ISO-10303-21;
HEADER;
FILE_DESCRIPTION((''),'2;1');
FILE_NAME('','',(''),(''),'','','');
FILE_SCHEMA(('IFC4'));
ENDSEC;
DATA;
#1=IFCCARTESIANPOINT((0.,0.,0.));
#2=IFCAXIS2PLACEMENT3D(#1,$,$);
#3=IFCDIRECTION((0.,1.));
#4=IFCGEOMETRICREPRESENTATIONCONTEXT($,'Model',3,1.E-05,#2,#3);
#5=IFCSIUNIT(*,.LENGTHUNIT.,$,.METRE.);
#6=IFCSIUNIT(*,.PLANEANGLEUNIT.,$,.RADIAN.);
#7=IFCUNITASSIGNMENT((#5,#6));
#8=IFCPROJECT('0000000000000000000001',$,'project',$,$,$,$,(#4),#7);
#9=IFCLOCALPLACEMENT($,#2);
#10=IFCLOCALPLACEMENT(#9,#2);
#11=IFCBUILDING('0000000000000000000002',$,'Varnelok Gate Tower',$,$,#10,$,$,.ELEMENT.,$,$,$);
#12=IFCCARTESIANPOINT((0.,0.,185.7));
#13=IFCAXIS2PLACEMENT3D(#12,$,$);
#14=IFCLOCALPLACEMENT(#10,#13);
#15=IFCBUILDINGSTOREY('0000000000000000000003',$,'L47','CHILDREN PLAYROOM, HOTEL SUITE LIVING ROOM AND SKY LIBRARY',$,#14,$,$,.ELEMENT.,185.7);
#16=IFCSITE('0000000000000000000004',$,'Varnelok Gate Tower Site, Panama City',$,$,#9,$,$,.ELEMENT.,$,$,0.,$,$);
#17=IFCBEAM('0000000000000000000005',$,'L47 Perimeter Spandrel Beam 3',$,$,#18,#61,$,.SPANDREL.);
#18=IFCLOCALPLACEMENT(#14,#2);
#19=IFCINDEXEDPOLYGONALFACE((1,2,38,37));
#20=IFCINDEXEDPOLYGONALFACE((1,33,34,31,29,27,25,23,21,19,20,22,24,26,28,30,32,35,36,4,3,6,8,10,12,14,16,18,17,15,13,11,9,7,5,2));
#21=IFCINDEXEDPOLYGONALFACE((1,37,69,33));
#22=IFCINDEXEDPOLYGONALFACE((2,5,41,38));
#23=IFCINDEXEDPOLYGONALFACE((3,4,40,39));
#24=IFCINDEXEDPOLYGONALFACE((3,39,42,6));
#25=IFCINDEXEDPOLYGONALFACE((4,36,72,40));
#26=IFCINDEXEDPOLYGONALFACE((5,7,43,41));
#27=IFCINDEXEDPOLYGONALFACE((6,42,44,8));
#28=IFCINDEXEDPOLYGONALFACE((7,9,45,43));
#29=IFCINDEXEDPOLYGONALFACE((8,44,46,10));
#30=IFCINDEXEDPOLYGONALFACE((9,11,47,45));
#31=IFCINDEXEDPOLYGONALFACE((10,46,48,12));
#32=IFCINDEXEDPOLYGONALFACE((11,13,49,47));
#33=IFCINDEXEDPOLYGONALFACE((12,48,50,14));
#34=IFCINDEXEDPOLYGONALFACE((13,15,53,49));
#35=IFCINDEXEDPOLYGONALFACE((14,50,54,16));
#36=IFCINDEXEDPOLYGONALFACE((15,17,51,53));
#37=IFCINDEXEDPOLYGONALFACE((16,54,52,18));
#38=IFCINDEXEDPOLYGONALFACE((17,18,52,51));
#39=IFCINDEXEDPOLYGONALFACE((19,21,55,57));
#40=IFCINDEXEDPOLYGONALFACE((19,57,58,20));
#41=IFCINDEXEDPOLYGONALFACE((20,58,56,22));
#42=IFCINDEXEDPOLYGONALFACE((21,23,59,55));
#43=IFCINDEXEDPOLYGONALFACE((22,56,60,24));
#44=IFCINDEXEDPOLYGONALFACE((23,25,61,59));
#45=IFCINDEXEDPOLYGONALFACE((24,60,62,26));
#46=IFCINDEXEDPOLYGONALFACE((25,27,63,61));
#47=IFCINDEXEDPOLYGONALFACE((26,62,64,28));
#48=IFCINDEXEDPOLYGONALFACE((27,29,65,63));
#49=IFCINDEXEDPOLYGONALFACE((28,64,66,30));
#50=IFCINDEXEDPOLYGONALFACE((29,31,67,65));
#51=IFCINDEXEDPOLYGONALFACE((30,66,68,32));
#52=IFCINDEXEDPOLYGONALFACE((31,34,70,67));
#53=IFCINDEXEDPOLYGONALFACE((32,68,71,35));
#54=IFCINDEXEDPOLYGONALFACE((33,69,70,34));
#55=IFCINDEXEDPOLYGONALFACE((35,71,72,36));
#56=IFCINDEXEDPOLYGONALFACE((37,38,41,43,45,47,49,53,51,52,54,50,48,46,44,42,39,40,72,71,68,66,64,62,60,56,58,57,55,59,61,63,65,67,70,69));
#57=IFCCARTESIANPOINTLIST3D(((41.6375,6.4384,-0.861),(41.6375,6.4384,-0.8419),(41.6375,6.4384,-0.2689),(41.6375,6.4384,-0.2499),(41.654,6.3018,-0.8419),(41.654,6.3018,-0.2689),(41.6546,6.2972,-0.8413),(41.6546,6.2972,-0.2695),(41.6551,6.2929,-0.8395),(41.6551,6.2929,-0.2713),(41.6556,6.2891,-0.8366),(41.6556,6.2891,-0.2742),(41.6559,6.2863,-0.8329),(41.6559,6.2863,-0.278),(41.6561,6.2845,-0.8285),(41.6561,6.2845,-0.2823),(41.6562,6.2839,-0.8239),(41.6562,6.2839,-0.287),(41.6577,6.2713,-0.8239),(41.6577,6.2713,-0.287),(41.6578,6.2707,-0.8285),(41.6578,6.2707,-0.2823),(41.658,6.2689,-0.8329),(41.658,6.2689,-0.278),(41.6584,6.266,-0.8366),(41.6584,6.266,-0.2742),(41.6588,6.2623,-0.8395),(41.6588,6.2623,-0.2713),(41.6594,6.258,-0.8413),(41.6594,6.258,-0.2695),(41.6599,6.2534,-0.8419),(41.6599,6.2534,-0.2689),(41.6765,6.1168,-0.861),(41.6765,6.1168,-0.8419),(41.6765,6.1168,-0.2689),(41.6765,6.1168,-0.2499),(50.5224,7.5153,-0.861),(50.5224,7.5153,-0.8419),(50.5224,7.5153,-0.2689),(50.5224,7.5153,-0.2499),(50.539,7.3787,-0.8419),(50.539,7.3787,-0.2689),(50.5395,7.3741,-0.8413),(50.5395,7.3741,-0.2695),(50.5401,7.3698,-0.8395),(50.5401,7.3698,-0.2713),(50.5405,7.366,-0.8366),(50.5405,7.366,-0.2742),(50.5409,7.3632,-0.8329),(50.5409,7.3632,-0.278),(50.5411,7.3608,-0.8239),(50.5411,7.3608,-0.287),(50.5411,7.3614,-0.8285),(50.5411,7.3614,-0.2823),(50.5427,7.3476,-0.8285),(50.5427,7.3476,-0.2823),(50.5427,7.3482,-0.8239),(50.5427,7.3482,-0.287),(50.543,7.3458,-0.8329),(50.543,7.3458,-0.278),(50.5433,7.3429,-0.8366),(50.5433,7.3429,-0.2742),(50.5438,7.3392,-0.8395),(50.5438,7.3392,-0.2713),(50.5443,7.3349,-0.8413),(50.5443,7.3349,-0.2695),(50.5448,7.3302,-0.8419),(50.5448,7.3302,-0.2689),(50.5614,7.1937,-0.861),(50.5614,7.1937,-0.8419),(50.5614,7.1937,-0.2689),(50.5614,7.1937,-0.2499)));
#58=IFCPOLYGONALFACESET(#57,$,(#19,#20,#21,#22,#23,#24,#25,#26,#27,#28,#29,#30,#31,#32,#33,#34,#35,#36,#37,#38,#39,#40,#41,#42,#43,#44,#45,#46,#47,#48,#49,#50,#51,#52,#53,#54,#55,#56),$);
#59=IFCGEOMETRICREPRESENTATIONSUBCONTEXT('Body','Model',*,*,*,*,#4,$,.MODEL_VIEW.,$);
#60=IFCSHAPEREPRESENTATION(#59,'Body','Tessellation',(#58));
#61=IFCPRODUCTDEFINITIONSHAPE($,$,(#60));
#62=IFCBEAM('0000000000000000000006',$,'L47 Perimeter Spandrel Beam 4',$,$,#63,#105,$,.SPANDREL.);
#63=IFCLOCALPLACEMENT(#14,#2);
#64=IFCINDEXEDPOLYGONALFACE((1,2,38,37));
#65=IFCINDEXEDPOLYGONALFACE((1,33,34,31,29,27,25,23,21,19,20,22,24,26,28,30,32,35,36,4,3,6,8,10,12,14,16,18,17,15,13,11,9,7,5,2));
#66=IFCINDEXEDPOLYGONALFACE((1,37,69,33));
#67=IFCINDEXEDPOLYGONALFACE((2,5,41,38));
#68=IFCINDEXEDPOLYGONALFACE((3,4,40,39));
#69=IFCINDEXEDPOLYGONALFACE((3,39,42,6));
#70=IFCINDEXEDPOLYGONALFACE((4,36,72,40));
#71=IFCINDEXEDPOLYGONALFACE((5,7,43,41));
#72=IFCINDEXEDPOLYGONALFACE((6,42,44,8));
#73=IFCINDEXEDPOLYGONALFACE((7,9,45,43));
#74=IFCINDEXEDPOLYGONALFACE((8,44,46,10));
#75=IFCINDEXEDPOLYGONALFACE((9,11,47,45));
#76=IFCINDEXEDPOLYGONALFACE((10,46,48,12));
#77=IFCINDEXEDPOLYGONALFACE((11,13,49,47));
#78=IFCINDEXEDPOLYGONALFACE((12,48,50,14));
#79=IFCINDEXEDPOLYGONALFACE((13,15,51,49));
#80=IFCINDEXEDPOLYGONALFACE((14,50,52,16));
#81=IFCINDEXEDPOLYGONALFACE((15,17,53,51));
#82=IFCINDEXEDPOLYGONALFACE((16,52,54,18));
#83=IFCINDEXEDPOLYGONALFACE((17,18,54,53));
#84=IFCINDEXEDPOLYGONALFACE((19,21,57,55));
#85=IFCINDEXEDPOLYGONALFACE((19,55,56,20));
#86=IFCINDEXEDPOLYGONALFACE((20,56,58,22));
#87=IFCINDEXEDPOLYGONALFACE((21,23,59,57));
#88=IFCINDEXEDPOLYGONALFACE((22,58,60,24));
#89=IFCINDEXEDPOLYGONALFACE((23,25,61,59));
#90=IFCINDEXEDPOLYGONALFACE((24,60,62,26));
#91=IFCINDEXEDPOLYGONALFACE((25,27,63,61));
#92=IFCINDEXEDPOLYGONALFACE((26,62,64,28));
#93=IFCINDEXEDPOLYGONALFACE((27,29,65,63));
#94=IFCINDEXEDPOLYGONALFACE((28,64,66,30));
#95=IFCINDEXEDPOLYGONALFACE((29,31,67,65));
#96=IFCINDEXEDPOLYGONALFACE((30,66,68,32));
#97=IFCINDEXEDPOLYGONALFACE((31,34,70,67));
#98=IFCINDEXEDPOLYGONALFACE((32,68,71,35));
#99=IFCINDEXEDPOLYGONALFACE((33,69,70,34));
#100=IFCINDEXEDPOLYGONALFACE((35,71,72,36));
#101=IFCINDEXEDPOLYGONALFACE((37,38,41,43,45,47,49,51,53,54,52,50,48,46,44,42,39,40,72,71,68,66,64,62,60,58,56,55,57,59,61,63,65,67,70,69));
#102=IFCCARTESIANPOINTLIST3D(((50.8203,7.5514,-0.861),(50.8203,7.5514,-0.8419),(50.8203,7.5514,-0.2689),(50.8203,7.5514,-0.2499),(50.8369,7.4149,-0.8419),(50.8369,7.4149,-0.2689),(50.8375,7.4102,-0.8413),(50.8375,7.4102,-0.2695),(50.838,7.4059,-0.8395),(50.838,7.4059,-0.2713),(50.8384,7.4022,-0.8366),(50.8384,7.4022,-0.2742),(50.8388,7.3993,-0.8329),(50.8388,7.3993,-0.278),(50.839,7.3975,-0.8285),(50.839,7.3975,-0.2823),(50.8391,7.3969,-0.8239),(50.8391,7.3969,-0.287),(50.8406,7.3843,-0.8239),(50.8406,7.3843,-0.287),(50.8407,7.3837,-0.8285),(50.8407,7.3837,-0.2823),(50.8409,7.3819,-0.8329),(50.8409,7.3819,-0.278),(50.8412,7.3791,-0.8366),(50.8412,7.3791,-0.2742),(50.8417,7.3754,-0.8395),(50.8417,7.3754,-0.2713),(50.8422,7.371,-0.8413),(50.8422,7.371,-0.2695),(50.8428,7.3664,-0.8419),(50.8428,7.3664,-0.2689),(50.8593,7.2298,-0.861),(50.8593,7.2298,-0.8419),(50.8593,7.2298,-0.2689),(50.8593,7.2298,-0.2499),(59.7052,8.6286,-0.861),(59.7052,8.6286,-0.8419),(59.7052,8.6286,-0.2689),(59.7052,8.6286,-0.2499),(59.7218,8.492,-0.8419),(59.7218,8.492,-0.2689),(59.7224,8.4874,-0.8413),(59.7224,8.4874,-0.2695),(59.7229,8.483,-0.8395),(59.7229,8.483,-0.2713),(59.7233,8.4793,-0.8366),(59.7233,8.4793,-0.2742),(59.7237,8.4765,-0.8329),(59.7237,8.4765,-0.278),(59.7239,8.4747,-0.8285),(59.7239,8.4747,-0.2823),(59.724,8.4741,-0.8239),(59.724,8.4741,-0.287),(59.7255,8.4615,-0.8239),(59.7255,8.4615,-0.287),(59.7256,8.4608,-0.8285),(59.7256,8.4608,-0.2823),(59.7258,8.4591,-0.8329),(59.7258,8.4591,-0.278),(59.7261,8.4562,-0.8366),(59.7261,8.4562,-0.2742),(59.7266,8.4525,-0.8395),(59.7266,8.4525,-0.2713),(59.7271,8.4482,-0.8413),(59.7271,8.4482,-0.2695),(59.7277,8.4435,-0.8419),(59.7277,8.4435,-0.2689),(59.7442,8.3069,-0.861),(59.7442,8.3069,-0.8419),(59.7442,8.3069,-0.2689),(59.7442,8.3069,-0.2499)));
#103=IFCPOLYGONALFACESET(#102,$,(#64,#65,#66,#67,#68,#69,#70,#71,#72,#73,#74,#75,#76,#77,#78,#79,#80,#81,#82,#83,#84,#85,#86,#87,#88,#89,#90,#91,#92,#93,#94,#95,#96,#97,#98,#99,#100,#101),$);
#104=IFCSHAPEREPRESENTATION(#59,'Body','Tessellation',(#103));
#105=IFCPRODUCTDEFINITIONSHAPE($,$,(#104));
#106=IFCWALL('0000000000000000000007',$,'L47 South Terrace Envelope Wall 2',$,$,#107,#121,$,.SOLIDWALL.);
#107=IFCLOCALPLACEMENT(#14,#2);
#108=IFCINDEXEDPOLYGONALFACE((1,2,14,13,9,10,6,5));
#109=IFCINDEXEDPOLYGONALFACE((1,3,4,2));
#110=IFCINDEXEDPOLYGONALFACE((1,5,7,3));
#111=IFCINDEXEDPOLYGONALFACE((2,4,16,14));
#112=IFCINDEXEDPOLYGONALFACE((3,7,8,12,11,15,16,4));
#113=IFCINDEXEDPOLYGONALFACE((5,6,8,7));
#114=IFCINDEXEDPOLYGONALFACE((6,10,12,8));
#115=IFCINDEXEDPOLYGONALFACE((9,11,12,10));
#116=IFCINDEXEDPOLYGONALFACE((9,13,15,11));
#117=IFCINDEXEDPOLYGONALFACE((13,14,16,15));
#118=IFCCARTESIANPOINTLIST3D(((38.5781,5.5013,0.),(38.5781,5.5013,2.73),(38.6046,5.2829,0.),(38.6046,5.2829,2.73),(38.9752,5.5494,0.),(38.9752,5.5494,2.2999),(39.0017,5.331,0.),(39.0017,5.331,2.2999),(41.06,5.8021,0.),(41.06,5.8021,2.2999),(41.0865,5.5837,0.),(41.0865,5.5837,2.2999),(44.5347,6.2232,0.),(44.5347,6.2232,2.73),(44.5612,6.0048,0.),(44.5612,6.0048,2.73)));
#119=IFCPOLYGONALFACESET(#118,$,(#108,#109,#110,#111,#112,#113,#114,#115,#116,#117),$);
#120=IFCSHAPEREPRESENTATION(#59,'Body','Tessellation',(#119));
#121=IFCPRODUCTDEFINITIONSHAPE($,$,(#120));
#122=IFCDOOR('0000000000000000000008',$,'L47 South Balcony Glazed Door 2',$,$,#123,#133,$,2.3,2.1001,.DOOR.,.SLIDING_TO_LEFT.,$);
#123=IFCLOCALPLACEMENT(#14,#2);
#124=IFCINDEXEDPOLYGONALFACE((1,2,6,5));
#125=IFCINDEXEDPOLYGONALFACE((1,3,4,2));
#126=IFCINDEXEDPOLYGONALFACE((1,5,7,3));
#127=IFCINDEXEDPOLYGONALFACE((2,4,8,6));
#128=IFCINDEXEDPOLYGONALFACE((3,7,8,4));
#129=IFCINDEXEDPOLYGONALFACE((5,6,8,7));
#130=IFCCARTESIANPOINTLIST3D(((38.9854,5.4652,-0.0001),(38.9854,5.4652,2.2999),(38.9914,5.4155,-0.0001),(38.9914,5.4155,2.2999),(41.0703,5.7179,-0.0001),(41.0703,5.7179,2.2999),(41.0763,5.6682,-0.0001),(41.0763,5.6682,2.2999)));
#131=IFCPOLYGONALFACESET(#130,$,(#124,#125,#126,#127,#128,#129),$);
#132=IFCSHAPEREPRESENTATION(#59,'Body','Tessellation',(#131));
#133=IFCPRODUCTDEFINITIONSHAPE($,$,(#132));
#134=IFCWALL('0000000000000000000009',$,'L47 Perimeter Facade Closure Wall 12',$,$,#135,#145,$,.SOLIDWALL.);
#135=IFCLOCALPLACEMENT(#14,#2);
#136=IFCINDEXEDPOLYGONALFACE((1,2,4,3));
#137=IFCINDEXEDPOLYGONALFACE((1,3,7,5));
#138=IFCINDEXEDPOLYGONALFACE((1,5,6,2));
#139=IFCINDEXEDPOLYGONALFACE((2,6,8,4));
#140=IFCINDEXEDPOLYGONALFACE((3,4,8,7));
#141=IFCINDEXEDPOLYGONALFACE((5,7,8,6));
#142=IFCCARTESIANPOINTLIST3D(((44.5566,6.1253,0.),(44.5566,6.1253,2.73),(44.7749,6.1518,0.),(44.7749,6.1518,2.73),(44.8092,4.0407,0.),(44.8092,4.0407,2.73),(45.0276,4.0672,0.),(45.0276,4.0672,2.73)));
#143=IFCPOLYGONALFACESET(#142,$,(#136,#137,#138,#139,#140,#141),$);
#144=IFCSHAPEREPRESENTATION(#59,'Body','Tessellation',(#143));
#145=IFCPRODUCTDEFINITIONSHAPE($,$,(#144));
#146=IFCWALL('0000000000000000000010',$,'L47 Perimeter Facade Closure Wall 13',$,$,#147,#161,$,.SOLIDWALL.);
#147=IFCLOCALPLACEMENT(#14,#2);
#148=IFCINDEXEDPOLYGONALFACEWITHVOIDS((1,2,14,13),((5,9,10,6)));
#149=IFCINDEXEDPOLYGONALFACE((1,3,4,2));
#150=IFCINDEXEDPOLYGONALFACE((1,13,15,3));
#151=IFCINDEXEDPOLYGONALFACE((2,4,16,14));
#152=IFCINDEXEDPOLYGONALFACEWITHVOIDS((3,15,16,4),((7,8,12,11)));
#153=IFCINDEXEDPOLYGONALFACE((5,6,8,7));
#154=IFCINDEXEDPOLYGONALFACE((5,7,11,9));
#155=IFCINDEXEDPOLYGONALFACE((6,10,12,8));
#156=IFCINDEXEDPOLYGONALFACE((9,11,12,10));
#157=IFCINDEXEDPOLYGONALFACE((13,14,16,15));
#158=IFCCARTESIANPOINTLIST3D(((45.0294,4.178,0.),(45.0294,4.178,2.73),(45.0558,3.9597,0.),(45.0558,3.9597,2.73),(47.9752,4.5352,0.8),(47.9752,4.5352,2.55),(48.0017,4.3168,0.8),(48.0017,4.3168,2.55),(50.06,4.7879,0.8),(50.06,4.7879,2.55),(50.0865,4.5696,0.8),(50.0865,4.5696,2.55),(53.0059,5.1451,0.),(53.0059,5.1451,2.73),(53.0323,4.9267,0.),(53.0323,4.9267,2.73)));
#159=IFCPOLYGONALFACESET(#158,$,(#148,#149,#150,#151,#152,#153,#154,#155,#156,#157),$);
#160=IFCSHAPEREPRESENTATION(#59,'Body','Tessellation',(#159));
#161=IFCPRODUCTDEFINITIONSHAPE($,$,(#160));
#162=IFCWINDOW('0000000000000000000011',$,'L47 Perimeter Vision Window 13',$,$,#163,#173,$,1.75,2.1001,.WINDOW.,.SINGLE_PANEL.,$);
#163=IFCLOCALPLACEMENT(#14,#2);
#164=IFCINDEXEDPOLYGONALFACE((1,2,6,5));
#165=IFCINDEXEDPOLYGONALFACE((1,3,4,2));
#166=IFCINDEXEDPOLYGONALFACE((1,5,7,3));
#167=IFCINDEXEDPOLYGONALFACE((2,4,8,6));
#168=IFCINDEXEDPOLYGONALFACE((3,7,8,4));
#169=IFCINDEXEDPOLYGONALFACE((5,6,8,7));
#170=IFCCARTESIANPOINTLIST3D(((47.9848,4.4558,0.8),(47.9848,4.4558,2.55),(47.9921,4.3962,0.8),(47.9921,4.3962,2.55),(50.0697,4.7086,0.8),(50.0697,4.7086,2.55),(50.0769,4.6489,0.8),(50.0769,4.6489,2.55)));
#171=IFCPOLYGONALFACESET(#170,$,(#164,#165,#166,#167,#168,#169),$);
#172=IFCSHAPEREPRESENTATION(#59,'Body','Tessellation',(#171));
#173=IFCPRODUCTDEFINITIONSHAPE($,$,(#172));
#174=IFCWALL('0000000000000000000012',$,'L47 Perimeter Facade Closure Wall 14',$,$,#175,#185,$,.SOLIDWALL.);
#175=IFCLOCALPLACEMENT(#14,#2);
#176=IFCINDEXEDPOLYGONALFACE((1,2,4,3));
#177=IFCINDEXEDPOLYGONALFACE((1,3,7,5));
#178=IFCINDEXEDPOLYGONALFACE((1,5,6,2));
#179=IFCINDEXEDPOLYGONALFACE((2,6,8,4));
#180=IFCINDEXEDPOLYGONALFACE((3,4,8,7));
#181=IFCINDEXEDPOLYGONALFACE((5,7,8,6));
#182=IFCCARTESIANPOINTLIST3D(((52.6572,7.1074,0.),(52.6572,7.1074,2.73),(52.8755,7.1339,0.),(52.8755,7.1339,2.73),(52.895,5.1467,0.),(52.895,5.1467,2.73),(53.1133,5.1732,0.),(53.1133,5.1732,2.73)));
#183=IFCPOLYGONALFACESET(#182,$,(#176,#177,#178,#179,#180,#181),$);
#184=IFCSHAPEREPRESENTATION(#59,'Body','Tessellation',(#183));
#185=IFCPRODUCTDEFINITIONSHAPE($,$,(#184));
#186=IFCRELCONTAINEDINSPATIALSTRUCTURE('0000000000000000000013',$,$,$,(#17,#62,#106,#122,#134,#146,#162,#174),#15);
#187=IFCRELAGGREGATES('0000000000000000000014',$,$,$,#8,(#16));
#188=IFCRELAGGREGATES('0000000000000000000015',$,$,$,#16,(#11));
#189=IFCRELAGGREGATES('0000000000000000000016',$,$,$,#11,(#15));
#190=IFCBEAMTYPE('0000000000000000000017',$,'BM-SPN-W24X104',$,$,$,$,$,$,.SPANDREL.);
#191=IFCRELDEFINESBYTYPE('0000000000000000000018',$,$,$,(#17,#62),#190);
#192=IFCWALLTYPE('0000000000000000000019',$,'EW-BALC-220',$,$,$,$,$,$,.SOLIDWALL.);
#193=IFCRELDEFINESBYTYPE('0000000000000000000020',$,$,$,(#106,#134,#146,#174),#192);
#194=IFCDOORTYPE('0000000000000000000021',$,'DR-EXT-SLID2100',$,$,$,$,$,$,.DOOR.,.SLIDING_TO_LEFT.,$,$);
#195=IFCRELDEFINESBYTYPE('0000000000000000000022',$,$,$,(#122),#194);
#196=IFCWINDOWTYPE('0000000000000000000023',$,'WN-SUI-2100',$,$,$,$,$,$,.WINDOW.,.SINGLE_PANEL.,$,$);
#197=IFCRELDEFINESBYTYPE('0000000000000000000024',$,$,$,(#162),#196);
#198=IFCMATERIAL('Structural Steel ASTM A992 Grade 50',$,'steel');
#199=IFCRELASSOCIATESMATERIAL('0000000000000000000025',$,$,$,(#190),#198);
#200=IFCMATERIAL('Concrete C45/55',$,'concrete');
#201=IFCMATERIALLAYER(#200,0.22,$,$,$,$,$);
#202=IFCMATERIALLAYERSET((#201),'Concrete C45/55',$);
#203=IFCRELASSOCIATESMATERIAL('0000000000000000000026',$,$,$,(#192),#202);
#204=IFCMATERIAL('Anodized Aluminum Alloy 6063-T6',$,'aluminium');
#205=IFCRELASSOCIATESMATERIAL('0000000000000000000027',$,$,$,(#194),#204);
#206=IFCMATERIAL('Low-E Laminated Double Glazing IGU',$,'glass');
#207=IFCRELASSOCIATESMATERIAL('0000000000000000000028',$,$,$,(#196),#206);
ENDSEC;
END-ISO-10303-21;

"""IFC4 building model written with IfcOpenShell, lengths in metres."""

from ifc_helpers import new_model, si_unit, direction, frame, frame_2d, origin, origin_2d, place, context, subcontext, project, spatial, rectangle, i_section, extrude, material, layer, layer_set, material_profile, profile_set, type_object, element, fill, save


model = new_model("IFC4")

# Units and contexts
model_context = context("Model", 3, precision=1e-05, world=origin(), true_north=direction((0.0, 1.0)))
body_context = subcontext(model_context, "Body", "Model", "MODEL_VIEW")
ifc_project = project(units=[si_unit("LENGTHUNIT", "METRE"), si_unit("PLANEANGLEUNIT", "RADIAN")], contexts=[model_context])

# Site, building, storey
site_placement = place(None, origin())
site = spatial("IfcSite", under=ifc_project, at=site_placement, Name="Varnelok Gate Tower Site, Panama City", CompositionType="ELEMENT", RefElevation=0.0)
building_placement = place(site_placement, origin())
building = spatial("IfcBuilding", under=site, at=building_placement, Name="Varnelok Gate Tower", CompositionType="ELEMENT")
storey_placement = place(building_placement, frame((0.0, 0.0, 185.7)))
storey = spatial("IfcBuildingStorey", under=building, at=storey_placement, Name="L47", Description="CHILDREN PLAYROOM, HOTEL SUITE LIVING ROOM AND SKY LIBRARY", CompositionType="ELEMENT", Elevation=185.7)

# Shared definitions
ifc_material_1 = material(Name="Structural Steel ASTM A992 Grade 50", Category="steel")

# Beams
ifc_material_profile_1 = material_profile(ifc_material_1, i_section(OverallWidth=0.324, OverallDepth=0.6111, WebThickness=0.0127, FlangeThickness=0.019, FilletRadius=0.0181, at=origin_2d()), Name="W24X104")
ifc_profile_set_1 = profile_set([ifc_material_profile_1], Name="Structural Steel ASTM A992 Grade 50")
beam_type_1 = type_object("IfcBeamType", Name="BM-SPN-W24X104", PredefinedType="SPANDREL", material=ifc_profile_set_1)
for number, where, z_axis, x_axis, name in (
    (1, (41.657, 6.2776, -0.5554), (0.992735, 0.120324, 0.0), (-0.120324, 0.992735, 0.0), "L47 Perimeter Spandrel Beam 3"),
    (2, (50.8398, 7.3906, -0.5554), (0.992731, 0.120351, 0.0), (-0.120351, 0.992731, 0.0), "L47 Perimeter Spandrel Beam 4"),
):
    element("IfcBeam", number, at=place(storey_placement, frame(where, z_axis=z_axis, x_axis=x_axis)), inside=storey, type_object=beam_type_1, Name=name, PredefinedType="SPANDREL", context=body_context, shape_type="SweptSolid", body=[
        extrude(i_section(OverallWidth=0.324, OverallDepth=0.6111, WebThickness=0.0127, FlangeThickness=0.019, FilletRadius=0.0181, at=origin_2d()), origin(), (0.0, 0.0, 1.0), 8.95),
    ])

# Wall, opening, door
ifc_material_2 = material(Name="Concrete C45/55", Category="concrete")
ifc_layer_1 = layer(ifc_material_2, 0.22)
ifc_layer_set_1 = layer_set([ifc_layer_1], Name="Concrete C45/55")
wall_type_1 = type_object("IfcWallType", Name="EW-BALC-220", PredefinedType="SOLIDWALL", material=ifc_layer_set_1)
wall_1_placement = place(storey_placement, frame((44.5479, 6.114, 0.0), z_axis=(0.0, 0.0, 1.0), x_axis=(-0.992735, -0.120318, 0.0)))
wall_1 = element("IfcWall", 3, at=wall_1_placement, inside=storey, type_object=wall_type_1, Name="L47 South Terrace Envelope Wall 2", PredefinedType="SOLIDWALL", context=body_context, shape_type="SweptSolid", body=[
    extrude(rectangle(XDim=6.0002, YDim=0.22, at=frame_2d((3.0, 0.0))), origin(), (0.0, 0.0, 1.0), 2.73),
])
opening_1_placement = place(wall_1_placement, frame((3.5, 0.0, 0.0)))
opening_1 = element("IfcOpeningElement", 4, at=opening_1_placement, cuts=wall_1, PredefinedType="OPENING", context=body_context, shape_type="SweptSolid", body=[
    extrude(rectangle(XDim=2.1001, YDim=2.3, at=frame_2d((1.05, 1.1499))), frame((0.0, 0.1199, 0.0), z_axis=(0.0, -1.0, 0.0), x_axis=(1.0, 0.0, 0.0)), (0.0, 0.0, 1.0), 0.24),
])
ifc_material_3 = material(Name="Anodized Aluminum Alloy 6063-T6", Category="aluminium")
door_type_1 = type_object("IfcDoorType", Name="DR-EXT-SLID2100", OperationType="SLIDING_TO_LEFT", PredefinedType="DOOR", material=ifc_material_3)
door_1_placement = place(opening_1_placement, origin())
door_1 = element("IfcDoor", 5, at=door_1_placement, inside=storey, type_object=door_type_1, Name="L47 South Balcony Glazed Door 2", OperationType="SLIDING_TO_LEFT", OverallHeight=2.3, OverallWidth=2.1001, PredefinedType="DOOR", context=body_context, shape_type="SweptSolid", body=[
    extrude(rectangle(XDim=2.1001, YDim=2.3, at=frame_2d((1.05, 1.1499))), frame((0.0, 0.0249, 0.0), z_axis=(0.0, -1.0, 0.0), x_axis=(1.0, 0.0, 0.0)), (0.0, 0.0, 1.0), 0.05),
])
fill(opening_1, door_1)

# Wall
wall_2_placement = place(storey_placement, frame((44.6658, 6.1384, 0.0), z_axis=(0.0, 0.0, 1.0), x_axis=(0.120328, -0.992734, 0.0)))
element("IfcWall", 6, at=wall_2_placement, inside=storey, type_object=wall_type_1, Name="L47 Perimeter Facade Closure Wall 12", PredefinedType="SOLIDWALL", context=body_context, shape_type="SweptSolid", body=[
    extrude(rectangle(XDim=2.0999, YDim=0.22, at=frame_2d((1.0498, 0.0))), origin(), (0.0, 0.0, 1.0), 2.73),
])

# Wall, opening, window
wall_3_placement = place(storey_placement, frame((45.0425, 4.0688, 0.0), z_axis=(0.0, 0.0, 1.0), x_axis=(0.992731, 0.120354, 0.0)))
wall_3 = element("IfcWall", 7, at=wall_3_placement, inside=storey, type_object=wall_type_1, Name="L47 Perimeter Facade Closure Wall 13", PredefinedType="SOLIDWALL", context=body_context, shape_type="SweptSolid", body=[
    extrude(rectangle(XDim=8.0349, YDim=0.22, at=frame_2d((4.0176, 0.0))), origin(), (0.0, 0.0, 1.0), 2.73),
])
opening_2_placement = place(wall_3_placement, frame((2.9675, 0.0, 0.8)))
opening_2 = element("IfcOpeningElement", 8, at=opening_2_placement, cuts=wall_3, PredefinedType="OPENING", context=body_context, shape_type="SweptSolid", body=[
    extrude(rectangle(XDim=2.1001, YDim=1.75, at=frame_2d((1.05, 0.875))), frame((0.0, 0.1199, 0.0), z_axis=(0.0, -1.0, 0.0), x_axis=(1.0, 0.0, 0.0)), (0.0, 0.0, 1.0), 0.24),
])
ifc_material_4 = material(Name="Low-E Laminated Double Glazing IGU", Category="glass")
window_type = type_object("IfcWindowType", Name="WN-SUI-2100", PartitioningType="SINGLE_PANEL", PredefinedType="WINDOW", material=ifc_material_4)
window_placement = place(opening_2_placement, origin())
window = element("IfcWindow", 9, at=window_placement, inside=storey, type_object=window_type, Name="L47 Perimeter Vision Window 13", OverallHeight=1.75, OverallWidth=2.1001, PartitioningType="SINGLE_PANEL", PredefinedType="WINDOW", context=body_context, shape_type="SweptSolid", body=[
    extrude(rectangle(XDim=2.1001, YDim=1.75, at=frame_2d((1.05, 0.875))), frame((0.0, 0.03, 0.0), z_axis=(0.0, -1.0, 0.0), x_axis=(1.0, 0.0, 0.0)), (0.0, 0.0, 1.0), 0.0601),
])
fill(opening_2, window)

# Wall
wall_4_placement = place(storey_placement, frame((53.0042, 5.1599, 0.0), z_axis=(0.0, 0.0, 1.0), x_axis=(-0.120398, 0.992726, 0.0)))
element("IfcWall", 10, at=wall_4_placement, inside=storey, type_object=wall_type_1, Name="L47 Perimeter Facade Closure Wall 14", PredefinedType="SOLIDWALL", context=body_context, shape_type="SweptSolid", body=[
    extrude(rectangle(XDim=1.9751, YDim=0.22, at=frame_2d((0.9875, 0.0))), origin(), (0.0, 0.0, 1.0), 2.73),
])

save(model, "model.ifc")
